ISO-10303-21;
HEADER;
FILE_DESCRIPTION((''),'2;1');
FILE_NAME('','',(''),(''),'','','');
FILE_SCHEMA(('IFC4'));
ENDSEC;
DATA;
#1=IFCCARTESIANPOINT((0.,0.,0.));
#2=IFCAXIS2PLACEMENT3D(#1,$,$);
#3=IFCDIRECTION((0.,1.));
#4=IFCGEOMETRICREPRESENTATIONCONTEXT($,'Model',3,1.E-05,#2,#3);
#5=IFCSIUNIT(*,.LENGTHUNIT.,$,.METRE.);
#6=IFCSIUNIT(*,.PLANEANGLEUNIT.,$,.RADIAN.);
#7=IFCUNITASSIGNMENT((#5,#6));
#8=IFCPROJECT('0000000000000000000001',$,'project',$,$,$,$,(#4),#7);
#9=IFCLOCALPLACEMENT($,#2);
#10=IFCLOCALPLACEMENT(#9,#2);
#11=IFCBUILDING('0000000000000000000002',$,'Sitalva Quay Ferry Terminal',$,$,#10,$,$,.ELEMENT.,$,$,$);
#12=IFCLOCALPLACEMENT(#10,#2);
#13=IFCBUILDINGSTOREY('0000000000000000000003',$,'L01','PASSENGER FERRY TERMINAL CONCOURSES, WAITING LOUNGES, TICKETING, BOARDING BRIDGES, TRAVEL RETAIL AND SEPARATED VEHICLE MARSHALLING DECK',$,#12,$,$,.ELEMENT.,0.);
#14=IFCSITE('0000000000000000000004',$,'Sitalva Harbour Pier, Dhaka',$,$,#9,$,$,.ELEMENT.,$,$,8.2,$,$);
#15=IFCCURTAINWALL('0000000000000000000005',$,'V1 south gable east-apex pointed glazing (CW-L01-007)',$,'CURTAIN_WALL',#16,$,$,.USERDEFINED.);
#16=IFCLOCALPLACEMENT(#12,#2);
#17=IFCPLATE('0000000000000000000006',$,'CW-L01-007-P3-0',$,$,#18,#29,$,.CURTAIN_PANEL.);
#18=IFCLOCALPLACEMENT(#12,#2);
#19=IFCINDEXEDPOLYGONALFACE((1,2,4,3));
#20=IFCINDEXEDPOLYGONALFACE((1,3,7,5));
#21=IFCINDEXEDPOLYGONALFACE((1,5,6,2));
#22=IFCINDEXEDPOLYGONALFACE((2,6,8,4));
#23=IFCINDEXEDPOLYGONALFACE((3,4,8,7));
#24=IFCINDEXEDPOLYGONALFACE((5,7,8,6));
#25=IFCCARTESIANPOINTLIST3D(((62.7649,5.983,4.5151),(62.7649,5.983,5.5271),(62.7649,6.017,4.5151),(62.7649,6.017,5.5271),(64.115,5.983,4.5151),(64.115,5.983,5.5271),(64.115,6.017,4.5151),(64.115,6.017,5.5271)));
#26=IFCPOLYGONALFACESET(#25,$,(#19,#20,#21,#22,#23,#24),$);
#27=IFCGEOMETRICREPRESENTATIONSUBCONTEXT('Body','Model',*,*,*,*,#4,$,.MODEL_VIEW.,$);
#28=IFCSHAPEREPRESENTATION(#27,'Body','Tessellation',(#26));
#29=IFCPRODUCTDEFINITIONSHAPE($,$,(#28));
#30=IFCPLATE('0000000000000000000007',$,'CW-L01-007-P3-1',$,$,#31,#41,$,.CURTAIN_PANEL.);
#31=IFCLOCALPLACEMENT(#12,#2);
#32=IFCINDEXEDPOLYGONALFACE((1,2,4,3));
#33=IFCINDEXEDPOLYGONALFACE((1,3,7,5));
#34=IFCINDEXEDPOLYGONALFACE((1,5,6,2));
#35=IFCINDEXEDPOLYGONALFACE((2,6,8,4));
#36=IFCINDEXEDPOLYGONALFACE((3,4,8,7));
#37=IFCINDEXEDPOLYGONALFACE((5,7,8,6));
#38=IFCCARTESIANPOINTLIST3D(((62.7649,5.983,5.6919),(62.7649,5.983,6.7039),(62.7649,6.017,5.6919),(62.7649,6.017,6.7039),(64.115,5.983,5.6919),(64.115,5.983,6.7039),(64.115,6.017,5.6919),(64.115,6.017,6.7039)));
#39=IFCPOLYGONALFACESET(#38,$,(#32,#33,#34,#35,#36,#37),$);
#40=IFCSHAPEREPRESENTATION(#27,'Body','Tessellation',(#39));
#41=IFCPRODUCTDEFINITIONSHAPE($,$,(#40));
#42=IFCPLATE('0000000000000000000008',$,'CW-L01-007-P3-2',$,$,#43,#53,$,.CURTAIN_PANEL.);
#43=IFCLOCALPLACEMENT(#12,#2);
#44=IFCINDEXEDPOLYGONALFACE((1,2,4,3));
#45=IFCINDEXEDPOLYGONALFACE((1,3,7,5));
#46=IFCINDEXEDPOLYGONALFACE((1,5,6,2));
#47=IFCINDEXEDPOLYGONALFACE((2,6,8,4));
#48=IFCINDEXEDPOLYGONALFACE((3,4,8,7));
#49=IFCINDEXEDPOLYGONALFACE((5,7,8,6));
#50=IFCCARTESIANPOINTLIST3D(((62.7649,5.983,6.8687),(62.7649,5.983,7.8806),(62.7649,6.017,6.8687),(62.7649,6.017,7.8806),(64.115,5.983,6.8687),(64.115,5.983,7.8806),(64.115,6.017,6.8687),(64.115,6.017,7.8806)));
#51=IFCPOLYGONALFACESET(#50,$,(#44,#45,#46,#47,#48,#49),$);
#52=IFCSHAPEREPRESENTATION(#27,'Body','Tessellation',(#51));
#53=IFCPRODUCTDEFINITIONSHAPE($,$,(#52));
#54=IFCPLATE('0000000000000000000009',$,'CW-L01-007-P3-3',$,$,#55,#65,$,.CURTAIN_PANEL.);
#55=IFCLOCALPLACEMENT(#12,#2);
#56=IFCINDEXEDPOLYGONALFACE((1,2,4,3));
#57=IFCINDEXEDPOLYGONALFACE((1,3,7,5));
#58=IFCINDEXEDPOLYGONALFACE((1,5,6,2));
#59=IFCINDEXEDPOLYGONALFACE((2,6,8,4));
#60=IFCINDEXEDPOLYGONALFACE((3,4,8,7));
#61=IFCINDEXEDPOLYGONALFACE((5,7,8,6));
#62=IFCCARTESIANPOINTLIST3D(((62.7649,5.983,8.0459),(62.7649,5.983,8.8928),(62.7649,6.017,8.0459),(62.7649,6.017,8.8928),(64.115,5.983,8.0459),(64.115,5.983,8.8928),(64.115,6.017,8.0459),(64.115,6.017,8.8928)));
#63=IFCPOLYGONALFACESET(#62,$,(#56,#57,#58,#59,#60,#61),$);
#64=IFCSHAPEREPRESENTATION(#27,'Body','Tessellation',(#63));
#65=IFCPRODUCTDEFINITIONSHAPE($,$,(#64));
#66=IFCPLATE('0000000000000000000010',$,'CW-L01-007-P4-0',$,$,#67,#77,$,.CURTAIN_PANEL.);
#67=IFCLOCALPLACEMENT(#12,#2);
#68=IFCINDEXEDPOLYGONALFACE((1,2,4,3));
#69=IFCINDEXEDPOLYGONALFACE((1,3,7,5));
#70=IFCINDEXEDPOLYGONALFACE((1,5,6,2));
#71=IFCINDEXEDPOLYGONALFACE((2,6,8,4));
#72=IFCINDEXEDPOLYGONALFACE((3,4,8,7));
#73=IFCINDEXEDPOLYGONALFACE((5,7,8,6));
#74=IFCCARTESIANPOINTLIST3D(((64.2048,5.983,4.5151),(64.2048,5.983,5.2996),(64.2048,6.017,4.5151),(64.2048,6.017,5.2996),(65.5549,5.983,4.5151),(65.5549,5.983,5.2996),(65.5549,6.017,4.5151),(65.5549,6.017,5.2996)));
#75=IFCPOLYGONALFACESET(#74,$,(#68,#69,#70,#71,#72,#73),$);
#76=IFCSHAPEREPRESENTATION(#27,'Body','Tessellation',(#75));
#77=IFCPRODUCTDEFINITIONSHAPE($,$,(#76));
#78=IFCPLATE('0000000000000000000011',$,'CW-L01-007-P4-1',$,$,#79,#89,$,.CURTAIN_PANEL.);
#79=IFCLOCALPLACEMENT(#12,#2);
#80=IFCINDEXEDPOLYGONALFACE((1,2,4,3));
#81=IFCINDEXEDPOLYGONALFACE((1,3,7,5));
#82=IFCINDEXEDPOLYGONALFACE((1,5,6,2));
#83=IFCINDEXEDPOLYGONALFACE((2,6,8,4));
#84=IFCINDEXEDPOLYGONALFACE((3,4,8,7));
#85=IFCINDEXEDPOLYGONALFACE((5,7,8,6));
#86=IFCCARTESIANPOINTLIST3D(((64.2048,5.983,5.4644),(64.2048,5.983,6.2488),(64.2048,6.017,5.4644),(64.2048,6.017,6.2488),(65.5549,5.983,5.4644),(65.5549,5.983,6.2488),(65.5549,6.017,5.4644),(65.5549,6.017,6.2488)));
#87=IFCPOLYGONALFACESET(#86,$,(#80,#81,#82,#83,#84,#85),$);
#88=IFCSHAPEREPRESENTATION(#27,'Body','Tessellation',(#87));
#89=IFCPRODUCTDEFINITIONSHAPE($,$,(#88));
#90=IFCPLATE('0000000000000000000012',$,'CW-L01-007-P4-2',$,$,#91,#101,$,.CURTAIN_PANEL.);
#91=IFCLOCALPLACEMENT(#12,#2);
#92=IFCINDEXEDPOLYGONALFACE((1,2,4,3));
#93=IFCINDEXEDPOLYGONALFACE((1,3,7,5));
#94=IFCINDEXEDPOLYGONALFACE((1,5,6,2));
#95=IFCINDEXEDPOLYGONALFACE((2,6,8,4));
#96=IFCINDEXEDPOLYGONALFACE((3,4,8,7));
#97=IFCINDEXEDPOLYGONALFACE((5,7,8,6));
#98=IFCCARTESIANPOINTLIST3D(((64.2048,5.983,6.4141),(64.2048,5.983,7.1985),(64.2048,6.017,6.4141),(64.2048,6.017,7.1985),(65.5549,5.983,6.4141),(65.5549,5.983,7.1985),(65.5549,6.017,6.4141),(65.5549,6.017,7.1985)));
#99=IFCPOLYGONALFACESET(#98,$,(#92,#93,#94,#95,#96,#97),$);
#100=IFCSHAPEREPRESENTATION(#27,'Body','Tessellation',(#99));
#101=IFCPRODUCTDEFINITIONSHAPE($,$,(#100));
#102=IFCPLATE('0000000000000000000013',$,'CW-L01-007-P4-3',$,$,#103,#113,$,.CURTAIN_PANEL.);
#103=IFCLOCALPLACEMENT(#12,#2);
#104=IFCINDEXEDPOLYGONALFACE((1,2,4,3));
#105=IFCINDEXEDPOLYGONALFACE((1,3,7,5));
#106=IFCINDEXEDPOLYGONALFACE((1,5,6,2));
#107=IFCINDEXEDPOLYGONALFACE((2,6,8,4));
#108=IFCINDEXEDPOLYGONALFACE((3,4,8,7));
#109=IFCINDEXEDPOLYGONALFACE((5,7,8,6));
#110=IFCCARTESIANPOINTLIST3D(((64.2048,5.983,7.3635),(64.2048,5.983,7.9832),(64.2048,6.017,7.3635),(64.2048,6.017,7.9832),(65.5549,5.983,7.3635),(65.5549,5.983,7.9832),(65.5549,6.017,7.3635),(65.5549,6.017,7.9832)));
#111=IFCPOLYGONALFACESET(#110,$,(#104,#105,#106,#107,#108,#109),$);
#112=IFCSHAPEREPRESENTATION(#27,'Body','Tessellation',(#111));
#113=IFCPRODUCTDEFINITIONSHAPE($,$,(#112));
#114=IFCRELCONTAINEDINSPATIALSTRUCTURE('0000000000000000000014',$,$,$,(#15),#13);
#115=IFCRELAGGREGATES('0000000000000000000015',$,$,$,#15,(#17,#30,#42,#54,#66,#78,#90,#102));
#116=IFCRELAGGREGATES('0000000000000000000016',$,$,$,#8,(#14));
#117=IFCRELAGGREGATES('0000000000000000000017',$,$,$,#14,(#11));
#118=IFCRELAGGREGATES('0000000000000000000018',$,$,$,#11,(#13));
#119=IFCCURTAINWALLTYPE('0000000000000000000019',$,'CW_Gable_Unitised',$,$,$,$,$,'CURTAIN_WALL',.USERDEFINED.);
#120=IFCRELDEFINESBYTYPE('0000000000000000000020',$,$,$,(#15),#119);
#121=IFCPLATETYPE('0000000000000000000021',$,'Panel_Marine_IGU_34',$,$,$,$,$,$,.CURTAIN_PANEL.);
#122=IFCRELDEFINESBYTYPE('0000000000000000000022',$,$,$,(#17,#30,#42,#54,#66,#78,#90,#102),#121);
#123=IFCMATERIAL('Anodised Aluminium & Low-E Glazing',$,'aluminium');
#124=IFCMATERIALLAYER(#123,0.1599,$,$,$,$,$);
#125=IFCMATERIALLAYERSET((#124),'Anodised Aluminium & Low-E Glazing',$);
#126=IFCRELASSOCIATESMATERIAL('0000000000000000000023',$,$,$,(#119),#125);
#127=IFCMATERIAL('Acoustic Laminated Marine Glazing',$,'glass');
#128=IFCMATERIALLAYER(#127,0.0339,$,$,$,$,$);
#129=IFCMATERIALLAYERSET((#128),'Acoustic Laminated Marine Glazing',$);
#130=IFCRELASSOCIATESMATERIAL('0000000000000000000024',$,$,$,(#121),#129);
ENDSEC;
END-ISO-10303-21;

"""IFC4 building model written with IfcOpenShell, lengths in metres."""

from ifc_helpers import new_model, si_unit, direction, frame, origin, origin_2d, place, context, subcontext, project, spatial, rectangle, extrude, material, layer, layer_set, type_object, element, aggregate, save


model = new_model("IFC4")

# Units and contexts
model_context = context("Model", 3, precision=1e-05, world=origin(), true_north=direction((0.0, 1.0)))
body_context = subcontext(model_context, "Body", "Model", "MODEL_VIEW")
ifc_project = project(units=[si_unit("LENGTHUNIT", "METRE"), si_unit("PLANEANGLEUNIT", "RADIAN")], contexts=[model_context])

# Site, building, storey
site_placement = place(None, origin())
site = spatial("IfcSite", under=ifc_project, at=site_placement, Name="Sitalva Harbour Pier, Dhaka", CompositionType="ELEMENT", RefElevation=8.2)
building_placement = place(site_placement, origin())
building = spatial("IfcBuilding", under=site, at=building_placement, Name="Sitalva Quay Ferry Terminal", CompositionType="ELEMENT")
storey_placement = place(building_placement, origin())
storey = spatial("IfcBuildingStorey", under=building, at=storey_placement, Name="L01", Description="PASSENGER FERRY TERMINAL CONCOURSES, WAITING LOUNGES, TICKETING, BOARDING BRIDGES, TRAVEL RETAIL AND SEPARATED VEHICLE MARSHALLING DECK", CompositionType="ELEMENT", Elevation=0.0)

# Curtain wall, plates
ifc_material_1 = material(Name="Anodised Aluminium & Low-E Glazing", Category="aluminium")
ifc_layer_1 = layer(ifc_material_1, 0.1599)
ifc_layer_set_1 = layer_set([ifc_layer_1], Name="Anodised Aluminium & Low-E Glazing")
curtain_wall_type = type_object("IfcCurtainWallType", Name="CW_Gable_Unitised", ElementType="CURTAIN_WALL", PredefinedType="USERDEFINED", material=ifc_layer_set_1)
curtain_wall_placement = place(storey_placement, origin())
curtain_wall = element("IfcCurtainWall", 1, at=curtain_wall_placement, inside=storey, type_object=curtain_wall_type, Name="V1 south gable east-apex pointed glazing (CW-L01-007)", ObjectType="CURTAIN_WALL", PredefinedType="USERDEFINED")
ifc_material_2 = material(Name="Acoustic Laminated Marine Glazing", Category="glass")
ifc_layer_2 = layer(ifc_material_2, 0.0339)
ifc_layer_set_2 = layer_set([ifc_layer_2], Name="Acoustic Laminated Marine Glazing")
plate_type = type_object("IfcPlateType", Name="Panel_Marine_IGU_34", PredefinedType="CURTAIN_PANEL", material=ifc_layer_set_2)
plate_1_placement = place(storey_placement, frame((63.4399, 6.0, 4.5151), z_axis=(0.0, 0.0, 1.0), x_axis=(1.0, 0.0, 0.0)))
plate_1 = element("IfcPlate", 2, at=plate_1_placement, type_object=plate_type, Name="CW-L01-007-P3-0", PredefinedType="CURTAIN_PANEL", context=body_context, shape_type="SweptSolid", body=[
    extrude(rectangle(XDim=1.3501, YDim=0.0339, at=origin_2d()), origin(), (0.0, 0.0, 1.0), 1.012),
])
plate_2_placement = place(storey_placement, frame((63.4399, 6.0, 5.6919), z_axis=(0.0, 0.0, 1.0), x_axis=(1.0, 0.0, 0.0)))
plate_2 = element("IfcPlate", 3, at=plate_2_placement, type_object=plate_type, Name="CW-L01-007-P3-1", PredefinedType="CURTAIN_PANEL", context=body_context, shape_type="SweptSolid", body=[
    extrude(rectangle(XDim=1.3501, YDim=0.0339, at=origin_2d()), origin(), (0.0, 0.0, 1.0), 1.012),
])
plate_3_placement = place(storey_placement, frame((63.4399, 6.0, 6.8687), z_axis=(0.0, 0.0, 1.0), x_axis=(1.0, 0.0, 0.0)))
plate_3 = element("IfcPlate", 4, at=plate_3_placement, type_object=plate_type, Name="CW-L01-007-P3-2", PredefinedType="CURTAIN_PANEL", context=body_context, shape_type="SweptSolid", body=[
    extrude(rectangle(XDim=1.3501, YDim=0.0339, at=origin_2d()), origin(), (0.0, 0.0, 1.0), 1.012),
])
plate_4_placement = place(storey_placement, frame((63.4399, 6.0, 8.0459), z_axis=(0.0, 0.0, 1.0), x_axis=(1.0, 0.0, 0.0)))
plate_4 = element("IfcPlate", 5, at=plate_4_placement, type_object=plate_type, Name="CW-L01-007-P3-3", PredefinedType="CURTAIN_PANEL", context=body_context, shape_type="SweptSolid", body=[
    extrude(rectangle(XDim=1.3501, YDim=0.0339, at=origin_2d()), origin(), (0.0, 0.0, 1.0), 0.8469),
])
plate_5_placement = place(storey_placement, frame((64.8799, 6.0, 4.5151), z_axis=(0.0, 0.0, 1.0), x_axis=(1.0, 0.0, 0.0)))
plate_5 = element("IfcPlate", 6, at=plate_5_placement, type_object=plate_type, Name="CW-L01-007-P4-0", PredefinedType="CURTAIN_PANEL", context=body_context, shape_type="SweptSolid", body=[
    extrude(rectangle(XDim=1.3501, YDim=0.0339, at=origin_2d()), origin(), (0.0, 0.0, 1.0), 0.7844),
])
plate_6_placement = place(storey_placement, frame((64.8799, 6.0, 5.4644), z_axis=(0.0, 0.0, 1.0), x_axis=(1.0, 0.0, 0.0)))
plate_6 = element("IfcPlate", 7, at=plate_6_placement, type_object=plate_type, Name="CW-L01-007-P4-1", PredefinedType="CURTAIN_PANEL", context=body_context, shape_type="SweptSolid", body=[
    extrude(rectangle(XDim=1.3501, YDim=0.0339, at=origin_2d()), origin(), (0.0, 0.0, 1.0), 0.7844),
])
plate_7_placement = place(storey_placement, frame((64.8799, 6.0, 6.4141), z_axis=(0.0, 0.0, 1.0), x_axis=(1.0, 0.0, 0.0)))
plate_7 = element("IfcPlate", 8, at=plate_7_placement, type_object=plate_type, Name="CW-L01-007-P4-2", PredefinedType="CURTAIN_PANEL", context=body_context, shape_type="SweptSolid", body=[
    extrude(rectangle(XDim=1.3501, YDim=0.0339, at=origin_2d()), origin(), (0.0, 0.0, 1.0), 0.7844),
])
plate_8_placement = place(storey_placement, frame((64.8799, 6.0, 7.3635), z_axis=(0.0, 0.0, 1.0), x_axis=(1.0, 0.0, 0.0)))
plate_8 = element("IfcPlate", 9, at=plate_8_placement, type_object=plate_type, Name="CW-L01-007-P4-3", PredefinedType="CURTAIN_PANEL", context=body_context, shape_type="SweptSolid", body=[
    extrude(rectangle(XDim=1.3501, YDim=0.0339, at=origin_2d()), origin(), (0.0, 0.0, 1.0), 0.6196),
])
aggregate(curtain_wall, [plate_1, plate_2, plate_3, plate_4, plate_5, plate_6, plate_7, plate_8])

save(model, "model.ifc")
